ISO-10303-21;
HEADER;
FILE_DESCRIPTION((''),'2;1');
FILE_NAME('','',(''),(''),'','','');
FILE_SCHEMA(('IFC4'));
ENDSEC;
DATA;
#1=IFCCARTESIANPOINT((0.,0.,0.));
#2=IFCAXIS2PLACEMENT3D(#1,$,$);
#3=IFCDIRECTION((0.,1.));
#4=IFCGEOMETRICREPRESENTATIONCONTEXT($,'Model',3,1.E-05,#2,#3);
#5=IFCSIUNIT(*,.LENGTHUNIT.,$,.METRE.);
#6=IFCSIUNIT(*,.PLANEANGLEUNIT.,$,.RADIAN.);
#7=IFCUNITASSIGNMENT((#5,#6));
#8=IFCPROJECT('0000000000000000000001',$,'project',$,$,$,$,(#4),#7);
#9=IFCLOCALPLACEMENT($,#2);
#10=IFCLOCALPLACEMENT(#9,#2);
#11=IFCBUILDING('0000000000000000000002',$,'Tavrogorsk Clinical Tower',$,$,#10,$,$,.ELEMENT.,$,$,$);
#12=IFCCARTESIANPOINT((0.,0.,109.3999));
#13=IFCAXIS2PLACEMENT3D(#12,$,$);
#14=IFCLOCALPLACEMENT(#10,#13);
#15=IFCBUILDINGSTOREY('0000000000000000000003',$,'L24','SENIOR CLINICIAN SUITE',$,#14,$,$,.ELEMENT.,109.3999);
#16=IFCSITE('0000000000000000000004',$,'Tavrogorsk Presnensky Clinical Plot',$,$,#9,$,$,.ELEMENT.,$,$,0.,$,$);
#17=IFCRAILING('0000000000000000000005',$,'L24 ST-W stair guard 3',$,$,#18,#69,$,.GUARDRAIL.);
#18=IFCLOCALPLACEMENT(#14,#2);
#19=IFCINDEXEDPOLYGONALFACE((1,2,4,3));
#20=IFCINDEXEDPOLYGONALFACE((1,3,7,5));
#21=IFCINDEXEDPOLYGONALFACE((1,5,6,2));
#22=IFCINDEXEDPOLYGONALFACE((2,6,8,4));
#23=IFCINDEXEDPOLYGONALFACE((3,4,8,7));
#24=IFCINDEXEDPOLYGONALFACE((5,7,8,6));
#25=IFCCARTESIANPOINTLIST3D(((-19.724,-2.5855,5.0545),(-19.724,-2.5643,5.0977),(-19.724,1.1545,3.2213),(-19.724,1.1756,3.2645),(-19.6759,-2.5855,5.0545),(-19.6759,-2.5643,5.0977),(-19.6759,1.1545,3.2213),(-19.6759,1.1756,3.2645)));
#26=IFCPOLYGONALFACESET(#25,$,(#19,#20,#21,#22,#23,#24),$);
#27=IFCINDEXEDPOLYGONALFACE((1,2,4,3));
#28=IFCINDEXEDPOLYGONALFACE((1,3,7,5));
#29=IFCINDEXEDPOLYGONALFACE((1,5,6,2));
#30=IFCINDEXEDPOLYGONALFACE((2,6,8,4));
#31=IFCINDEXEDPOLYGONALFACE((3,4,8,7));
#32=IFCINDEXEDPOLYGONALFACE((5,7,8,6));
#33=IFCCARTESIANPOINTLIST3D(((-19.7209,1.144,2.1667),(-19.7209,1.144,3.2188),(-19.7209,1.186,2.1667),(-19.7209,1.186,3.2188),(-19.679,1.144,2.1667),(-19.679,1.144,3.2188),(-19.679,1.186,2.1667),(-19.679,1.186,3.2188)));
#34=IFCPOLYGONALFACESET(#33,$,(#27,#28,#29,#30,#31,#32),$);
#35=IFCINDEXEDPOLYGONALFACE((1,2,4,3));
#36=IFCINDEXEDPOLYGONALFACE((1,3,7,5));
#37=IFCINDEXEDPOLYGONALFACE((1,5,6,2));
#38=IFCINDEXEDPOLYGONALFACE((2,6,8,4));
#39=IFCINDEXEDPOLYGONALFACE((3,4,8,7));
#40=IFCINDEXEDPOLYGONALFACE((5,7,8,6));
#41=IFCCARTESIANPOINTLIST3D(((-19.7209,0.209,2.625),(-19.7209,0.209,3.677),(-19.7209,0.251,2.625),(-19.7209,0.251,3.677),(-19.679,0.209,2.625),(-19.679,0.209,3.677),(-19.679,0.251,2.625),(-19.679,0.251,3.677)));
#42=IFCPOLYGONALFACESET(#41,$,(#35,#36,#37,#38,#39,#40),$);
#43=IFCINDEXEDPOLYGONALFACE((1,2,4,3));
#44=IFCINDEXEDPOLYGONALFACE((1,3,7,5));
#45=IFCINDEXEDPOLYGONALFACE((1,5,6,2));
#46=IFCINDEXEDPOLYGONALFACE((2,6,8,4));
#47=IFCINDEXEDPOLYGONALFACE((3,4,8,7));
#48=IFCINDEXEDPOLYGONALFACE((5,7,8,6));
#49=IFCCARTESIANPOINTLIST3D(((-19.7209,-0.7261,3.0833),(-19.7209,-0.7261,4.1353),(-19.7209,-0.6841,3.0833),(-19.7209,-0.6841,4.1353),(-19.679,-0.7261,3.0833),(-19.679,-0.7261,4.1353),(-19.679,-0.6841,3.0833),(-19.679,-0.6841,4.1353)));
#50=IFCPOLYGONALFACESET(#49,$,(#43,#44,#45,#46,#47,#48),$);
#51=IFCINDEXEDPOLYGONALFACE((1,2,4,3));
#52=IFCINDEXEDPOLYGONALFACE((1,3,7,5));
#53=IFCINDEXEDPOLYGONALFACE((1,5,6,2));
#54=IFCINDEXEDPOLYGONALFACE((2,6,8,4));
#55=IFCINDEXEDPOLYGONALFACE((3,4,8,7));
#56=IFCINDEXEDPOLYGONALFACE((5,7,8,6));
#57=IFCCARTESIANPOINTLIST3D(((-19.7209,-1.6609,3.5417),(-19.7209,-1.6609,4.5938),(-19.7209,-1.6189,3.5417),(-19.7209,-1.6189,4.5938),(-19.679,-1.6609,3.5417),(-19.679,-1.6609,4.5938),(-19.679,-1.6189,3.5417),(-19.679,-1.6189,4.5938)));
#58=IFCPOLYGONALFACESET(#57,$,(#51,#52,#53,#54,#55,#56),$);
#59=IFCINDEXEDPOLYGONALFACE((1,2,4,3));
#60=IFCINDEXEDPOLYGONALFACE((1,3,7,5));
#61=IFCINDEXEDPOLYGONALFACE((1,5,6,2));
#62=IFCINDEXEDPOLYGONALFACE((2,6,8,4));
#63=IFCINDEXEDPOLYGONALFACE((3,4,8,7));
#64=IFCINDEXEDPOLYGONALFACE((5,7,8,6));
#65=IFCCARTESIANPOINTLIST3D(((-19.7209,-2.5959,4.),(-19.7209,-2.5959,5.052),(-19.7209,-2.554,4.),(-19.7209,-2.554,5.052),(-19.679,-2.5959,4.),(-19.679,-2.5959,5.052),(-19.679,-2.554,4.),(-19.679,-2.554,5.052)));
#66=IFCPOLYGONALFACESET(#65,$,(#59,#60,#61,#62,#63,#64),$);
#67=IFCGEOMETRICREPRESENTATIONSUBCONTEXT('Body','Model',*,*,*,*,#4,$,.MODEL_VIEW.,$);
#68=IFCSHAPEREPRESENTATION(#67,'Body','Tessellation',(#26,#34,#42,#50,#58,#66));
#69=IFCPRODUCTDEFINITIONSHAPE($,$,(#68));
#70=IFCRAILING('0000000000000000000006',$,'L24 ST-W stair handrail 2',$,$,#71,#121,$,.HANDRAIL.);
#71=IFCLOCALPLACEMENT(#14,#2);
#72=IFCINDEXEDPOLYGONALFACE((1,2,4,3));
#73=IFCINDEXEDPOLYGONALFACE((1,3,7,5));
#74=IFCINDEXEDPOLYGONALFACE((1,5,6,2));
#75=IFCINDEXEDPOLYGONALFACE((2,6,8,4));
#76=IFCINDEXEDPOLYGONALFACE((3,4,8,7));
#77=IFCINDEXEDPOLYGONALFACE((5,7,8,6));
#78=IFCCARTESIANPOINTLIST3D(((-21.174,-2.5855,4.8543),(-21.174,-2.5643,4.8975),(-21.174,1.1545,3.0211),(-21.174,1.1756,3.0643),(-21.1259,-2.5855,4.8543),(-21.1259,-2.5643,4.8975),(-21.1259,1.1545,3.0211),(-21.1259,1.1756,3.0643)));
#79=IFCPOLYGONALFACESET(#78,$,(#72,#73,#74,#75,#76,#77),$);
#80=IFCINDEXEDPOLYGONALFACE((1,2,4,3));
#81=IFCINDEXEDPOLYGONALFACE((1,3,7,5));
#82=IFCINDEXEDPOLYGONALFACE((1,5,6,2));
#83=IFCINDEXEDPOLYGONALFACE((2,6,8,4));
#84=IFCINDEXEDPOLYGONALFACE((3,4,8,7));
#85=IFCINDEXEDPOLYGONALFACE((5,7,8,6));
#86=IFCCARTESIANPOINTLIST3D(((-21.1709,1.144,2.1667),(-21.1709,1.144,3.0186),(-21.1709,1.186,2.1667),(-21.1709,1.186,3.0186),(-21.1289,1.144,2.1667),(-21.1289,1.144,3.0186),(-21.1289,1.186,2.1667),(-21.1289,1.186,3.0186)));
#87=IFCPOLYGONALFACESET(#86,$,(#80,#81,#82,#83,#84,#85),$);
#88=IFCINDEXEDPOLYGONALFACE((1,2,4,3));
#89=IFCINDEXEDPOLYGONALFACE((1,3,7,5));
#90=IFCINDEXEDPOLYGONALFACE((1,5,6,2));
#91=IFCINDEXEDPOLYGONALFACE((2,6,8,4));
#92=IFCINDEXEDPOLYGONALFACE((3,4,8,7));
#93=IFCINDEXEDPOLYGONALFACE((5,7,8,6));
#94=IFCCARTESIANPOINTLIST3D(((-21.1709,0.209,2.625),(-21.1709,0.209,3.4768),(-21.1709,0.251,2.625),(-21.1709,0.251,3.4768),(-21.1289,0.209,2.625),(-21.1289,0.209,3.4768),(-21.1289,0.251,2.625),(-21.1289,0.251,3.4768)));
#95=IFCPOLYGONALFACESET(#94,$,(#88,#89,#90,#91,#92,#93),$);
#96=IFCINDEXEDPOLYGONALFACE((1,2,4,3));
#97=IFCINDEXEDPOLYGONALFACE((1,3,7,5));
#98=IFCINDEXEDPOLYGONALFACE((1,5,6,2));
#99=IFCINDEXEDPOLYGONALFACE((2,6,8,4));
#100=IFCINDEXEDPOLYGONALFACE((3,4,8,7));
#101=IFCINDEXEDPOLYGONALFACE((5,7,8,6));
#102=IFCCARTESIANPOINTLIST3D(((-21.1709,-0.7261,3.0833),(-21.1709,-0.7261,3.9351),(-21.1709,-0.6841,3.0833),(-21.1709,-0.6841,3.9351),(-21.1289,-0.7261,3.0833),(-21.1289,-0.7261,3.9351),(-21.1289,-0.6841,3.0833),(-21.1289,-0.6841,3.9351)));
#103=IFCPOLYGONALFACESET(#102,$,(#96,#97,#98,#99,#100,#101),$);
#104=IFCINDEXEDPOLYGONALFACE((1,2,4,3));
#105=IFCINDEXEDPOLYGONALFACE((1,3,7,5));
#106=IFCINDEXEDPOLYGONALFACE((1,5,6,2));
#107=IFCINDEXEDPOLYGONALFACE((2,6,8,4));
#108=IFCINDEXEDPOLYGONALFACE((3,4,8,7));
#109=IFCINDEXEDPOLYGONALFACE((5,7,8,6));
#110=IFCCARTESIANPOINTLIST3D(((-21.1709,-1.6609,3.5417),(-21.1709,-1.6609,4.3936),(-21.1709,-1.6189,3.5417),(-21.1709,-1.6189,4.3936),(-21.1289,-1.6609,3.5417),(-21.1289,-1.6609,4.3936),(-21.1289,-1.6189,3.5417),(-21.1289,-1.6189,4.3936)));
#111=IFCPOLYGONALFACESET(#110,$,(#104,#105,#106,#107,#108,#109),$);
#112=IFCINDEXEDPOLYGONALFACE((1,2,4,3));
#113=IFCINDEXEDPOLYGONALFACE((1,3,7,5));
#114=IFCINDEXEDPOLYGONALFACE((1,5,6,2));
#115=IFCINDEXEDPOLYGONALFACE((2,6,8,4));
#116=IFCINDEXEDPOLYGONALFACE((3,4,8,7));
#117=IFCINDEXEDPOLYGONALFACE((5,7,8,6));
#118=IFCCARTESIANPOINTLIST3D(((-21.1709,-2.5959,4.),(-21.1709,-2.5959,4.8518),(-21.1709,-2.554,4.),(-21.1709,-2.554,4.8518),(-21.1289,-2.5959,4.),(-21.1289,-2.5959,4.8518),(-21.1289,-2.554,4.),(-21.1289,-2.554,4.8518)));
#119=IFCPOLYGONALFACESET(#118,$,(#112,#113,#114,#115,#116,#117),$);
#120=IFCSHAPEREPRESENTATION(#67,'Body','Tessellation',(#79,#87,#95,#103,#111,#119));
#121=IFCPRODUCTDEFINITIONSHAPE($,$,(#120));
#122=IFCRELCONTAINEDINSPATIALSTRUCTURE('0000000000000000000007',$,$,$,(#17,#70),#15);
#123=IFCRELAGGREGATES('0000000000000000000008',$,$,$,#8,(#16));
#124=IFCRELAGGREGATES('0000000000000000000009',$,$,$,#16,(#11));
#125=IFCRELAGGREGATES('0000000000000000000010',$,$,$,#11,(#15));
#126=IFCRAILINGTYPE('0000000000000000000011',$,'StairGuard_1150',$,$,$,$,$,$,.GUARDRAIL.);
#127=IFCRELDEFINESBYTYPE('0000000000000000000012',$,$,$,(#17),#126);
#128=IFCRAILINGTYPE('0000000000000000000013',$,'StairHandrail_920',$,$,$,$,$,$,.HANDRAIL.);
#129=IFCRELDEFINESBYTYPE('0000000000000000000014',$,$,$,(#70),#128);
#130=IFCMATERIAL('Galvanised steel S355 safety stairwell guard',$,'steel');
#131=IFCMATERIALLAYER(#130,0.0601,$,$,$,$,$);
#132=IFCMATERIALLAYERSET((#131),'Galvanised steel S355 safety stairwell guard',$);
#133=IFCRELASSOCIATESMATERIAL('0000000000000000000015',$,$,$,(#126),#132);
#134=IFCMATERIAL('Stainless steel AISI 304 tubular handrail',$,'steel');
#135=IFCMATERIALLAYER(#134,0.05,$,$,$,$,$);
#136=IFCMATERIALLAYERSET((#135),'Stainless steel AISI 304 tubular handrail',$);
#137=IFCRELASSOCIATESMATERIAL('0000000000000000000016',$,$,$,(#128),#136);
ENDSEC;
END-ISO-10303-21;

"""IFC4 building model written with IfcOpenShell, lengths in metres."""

from ifc_helpers import new_model, si_unit, direction, frame, origin, origin_2d, place, context, subcontext, project, spatial, rectangle, extrude, material, layer, layer_set, type_object, element, save


model = new_model("IFC4")

# Units and contexts
model_context = context("Model", 3, precision=1e-05, world=origin(), true_north=direction((0.0, 1.0)))
body_context = subcontext(model_context, "Body", "Model", "MODEL_VIEW")
ifc_project = project(units=[si_unit("LENGTHUNIT", "METRE"), si_unit("PLANEANGLEUNIT", "RADIAN")], contexts=[model_context])

# Site, building, storey
site_placement = place(None, origin())
site = spatial("IfcSite", under=ifc_project, at=site_placement, Name="Tavrogorsk Presnensky Clinical Plot", CompositionType="ELEMENT", RefElevation=0.0)
building_placement = place(site_placement, origin())
building = spatial("IfcBuilding", under=site, at=building_placement, Name="Tavrogorsk Clinical Tower", CompositionType="ELEMENT")
storey_placement = place(building_placement, frame((0.0, 0.0, 109.3999)))
storey = spatial("IfcBuildingStorey", under=building, at=storey_placement, Name="L24", Description="SENIOR CLINICIAN SUITE", CompositionType="ELEMENT", Elevation=109.3999)

# Railings
ifc_material_1 = material(Name="Galvanised steel S355 safety stairwell guard", Category="steel")
ifc_layer_1 = layer(ifc_material_1, 0.0601)
ifc_layer_set_1 = layer_set([ifc_layer_1], Name="Galvanised steel S355 safety stairwell guard")
railing_type_1 = type_object("IfcRailingType", Name="StairGuard_1150", PredefinedType="GUARDRAIL", material=ifc_layer_set_1)
railing_1_placement = place(storey_placement, frame((-19.7, 1.165, 2.1667)))
element("IfcRailing", 1, at=railing_1_placement, inside=storey, type_object=railing_type_1, Name="L24 ST-W stair guard 3", PredefinedType="GUARDRAIL", context=body_context, shape_type="SweptSolid", body=[
    extrude(rectangle(XDim=0.0481, YDim=0.0481, at=origin_2d()), frame((0.0, 0.0, 1.0762), z_axis=(0.0, -0.897928, 0.440142), x_axis=(1.0, 0.0, 0.0)), (0.0, 0.0, 1.0), 4.165),
    extrude(rectangle(XDim=0.042, YDim=0.042, at=origin_2d()), origin(), (0.0, 0.0, 1.0), 1.052),
    extrude(rectangle(XDim=0.042, YDim=0.042, at=origin_2d()), frame((0.0, -0.9351, 0.4583)), (0.0, 0.0, 1.0), 1.052),
    extrude(rectangle(XDim=0.042, YDim=0.042, at=origin_2d()), frame((0.0, -1.8701, 0.9165)), (0.0, 0.0, 1.0), 1.052),
    extrude(rectangle(XDim=0.042, YDim=0.042, at=origin_2d()), frame((0.0, -2.8049, 1.375)), (0.0, 0.0, 1.0), 1.052),
    extrude(rectangle(XDim=0.042, YDim=0.042, at=origin_2d()), frame((0.0, -3.74, 1.8333)), (0.0, 0.0, 1.0), 1.052),
])
ifc_material_2 = material(Name="Stainless steel AISI 304 tubular handrail", Category="steel")
ifc_layer_2 = layer(ifc_material_2, 0.05)
ifc_layer_set_2 = layer_set([ifc_layer_2], Name="Stainless steel AISI 304 tubular handrail")
railing_type_2 = type_object("IfcRailingType", Name="StairHandrail_920", PredefinedType="HANDRAIL", material=ifc_layer_set_2)
railing_2_placement = place(storey_placement, frame((-21.1499, 1.165, 2.1667)))
element("IfcRailing", 2, at=railing_2_placement, inside=storey, type_object=railing_type_2, Name="L24 ST-W stair handrail 2", PredefinedType="HANDRAIL", context=body_context, shape_type="SweptSolid", body=[
    extrude(rectangle(XDim=0.0481, YDim=0.0481, at=origin_2d()), frame((0.0, 0.0, 0.876), z_axis=(0.0, -0.897928, 0.440142), x_axis=(1.0, 0.0, 0.0)), (0.0, 0.0, 1.0), 4.165),
    extrude(rectangle(XDim=0.042, YDim=0.042, at=origin_2d()), origin(), (0.0, 0.0, 1.0), 0.8518),
    extrude(rectangle(XDim=0.042, YDim=0.042, at=origin_2d()), frame((0.0, -0.9351, 0.4583)), (0.0, 0.0, 1.0), 0.8518),
    extrude(rectangle(XDim=0.042, YDim=0.042, at=origin_2d()), frame((0.0, -1.8701, 0.9165)), (0.0, 0.0, 1.0), 0.8518),
    extrude(rectangle(XDim=0.042, YDim=0.042, at=origin_2d()), frame((0.0, -2.8049, 1.375)), (0.0, 0.0, 1.0), 0.8518),
    extrude(rectangle(XDim=0.042, YDim=0.042, at=origin_2d()), frame((0.0, -3.74, 1.8333)), (0.0, 0.0, 1.0), 0.8518),
])

save(model, "model.ifc")
